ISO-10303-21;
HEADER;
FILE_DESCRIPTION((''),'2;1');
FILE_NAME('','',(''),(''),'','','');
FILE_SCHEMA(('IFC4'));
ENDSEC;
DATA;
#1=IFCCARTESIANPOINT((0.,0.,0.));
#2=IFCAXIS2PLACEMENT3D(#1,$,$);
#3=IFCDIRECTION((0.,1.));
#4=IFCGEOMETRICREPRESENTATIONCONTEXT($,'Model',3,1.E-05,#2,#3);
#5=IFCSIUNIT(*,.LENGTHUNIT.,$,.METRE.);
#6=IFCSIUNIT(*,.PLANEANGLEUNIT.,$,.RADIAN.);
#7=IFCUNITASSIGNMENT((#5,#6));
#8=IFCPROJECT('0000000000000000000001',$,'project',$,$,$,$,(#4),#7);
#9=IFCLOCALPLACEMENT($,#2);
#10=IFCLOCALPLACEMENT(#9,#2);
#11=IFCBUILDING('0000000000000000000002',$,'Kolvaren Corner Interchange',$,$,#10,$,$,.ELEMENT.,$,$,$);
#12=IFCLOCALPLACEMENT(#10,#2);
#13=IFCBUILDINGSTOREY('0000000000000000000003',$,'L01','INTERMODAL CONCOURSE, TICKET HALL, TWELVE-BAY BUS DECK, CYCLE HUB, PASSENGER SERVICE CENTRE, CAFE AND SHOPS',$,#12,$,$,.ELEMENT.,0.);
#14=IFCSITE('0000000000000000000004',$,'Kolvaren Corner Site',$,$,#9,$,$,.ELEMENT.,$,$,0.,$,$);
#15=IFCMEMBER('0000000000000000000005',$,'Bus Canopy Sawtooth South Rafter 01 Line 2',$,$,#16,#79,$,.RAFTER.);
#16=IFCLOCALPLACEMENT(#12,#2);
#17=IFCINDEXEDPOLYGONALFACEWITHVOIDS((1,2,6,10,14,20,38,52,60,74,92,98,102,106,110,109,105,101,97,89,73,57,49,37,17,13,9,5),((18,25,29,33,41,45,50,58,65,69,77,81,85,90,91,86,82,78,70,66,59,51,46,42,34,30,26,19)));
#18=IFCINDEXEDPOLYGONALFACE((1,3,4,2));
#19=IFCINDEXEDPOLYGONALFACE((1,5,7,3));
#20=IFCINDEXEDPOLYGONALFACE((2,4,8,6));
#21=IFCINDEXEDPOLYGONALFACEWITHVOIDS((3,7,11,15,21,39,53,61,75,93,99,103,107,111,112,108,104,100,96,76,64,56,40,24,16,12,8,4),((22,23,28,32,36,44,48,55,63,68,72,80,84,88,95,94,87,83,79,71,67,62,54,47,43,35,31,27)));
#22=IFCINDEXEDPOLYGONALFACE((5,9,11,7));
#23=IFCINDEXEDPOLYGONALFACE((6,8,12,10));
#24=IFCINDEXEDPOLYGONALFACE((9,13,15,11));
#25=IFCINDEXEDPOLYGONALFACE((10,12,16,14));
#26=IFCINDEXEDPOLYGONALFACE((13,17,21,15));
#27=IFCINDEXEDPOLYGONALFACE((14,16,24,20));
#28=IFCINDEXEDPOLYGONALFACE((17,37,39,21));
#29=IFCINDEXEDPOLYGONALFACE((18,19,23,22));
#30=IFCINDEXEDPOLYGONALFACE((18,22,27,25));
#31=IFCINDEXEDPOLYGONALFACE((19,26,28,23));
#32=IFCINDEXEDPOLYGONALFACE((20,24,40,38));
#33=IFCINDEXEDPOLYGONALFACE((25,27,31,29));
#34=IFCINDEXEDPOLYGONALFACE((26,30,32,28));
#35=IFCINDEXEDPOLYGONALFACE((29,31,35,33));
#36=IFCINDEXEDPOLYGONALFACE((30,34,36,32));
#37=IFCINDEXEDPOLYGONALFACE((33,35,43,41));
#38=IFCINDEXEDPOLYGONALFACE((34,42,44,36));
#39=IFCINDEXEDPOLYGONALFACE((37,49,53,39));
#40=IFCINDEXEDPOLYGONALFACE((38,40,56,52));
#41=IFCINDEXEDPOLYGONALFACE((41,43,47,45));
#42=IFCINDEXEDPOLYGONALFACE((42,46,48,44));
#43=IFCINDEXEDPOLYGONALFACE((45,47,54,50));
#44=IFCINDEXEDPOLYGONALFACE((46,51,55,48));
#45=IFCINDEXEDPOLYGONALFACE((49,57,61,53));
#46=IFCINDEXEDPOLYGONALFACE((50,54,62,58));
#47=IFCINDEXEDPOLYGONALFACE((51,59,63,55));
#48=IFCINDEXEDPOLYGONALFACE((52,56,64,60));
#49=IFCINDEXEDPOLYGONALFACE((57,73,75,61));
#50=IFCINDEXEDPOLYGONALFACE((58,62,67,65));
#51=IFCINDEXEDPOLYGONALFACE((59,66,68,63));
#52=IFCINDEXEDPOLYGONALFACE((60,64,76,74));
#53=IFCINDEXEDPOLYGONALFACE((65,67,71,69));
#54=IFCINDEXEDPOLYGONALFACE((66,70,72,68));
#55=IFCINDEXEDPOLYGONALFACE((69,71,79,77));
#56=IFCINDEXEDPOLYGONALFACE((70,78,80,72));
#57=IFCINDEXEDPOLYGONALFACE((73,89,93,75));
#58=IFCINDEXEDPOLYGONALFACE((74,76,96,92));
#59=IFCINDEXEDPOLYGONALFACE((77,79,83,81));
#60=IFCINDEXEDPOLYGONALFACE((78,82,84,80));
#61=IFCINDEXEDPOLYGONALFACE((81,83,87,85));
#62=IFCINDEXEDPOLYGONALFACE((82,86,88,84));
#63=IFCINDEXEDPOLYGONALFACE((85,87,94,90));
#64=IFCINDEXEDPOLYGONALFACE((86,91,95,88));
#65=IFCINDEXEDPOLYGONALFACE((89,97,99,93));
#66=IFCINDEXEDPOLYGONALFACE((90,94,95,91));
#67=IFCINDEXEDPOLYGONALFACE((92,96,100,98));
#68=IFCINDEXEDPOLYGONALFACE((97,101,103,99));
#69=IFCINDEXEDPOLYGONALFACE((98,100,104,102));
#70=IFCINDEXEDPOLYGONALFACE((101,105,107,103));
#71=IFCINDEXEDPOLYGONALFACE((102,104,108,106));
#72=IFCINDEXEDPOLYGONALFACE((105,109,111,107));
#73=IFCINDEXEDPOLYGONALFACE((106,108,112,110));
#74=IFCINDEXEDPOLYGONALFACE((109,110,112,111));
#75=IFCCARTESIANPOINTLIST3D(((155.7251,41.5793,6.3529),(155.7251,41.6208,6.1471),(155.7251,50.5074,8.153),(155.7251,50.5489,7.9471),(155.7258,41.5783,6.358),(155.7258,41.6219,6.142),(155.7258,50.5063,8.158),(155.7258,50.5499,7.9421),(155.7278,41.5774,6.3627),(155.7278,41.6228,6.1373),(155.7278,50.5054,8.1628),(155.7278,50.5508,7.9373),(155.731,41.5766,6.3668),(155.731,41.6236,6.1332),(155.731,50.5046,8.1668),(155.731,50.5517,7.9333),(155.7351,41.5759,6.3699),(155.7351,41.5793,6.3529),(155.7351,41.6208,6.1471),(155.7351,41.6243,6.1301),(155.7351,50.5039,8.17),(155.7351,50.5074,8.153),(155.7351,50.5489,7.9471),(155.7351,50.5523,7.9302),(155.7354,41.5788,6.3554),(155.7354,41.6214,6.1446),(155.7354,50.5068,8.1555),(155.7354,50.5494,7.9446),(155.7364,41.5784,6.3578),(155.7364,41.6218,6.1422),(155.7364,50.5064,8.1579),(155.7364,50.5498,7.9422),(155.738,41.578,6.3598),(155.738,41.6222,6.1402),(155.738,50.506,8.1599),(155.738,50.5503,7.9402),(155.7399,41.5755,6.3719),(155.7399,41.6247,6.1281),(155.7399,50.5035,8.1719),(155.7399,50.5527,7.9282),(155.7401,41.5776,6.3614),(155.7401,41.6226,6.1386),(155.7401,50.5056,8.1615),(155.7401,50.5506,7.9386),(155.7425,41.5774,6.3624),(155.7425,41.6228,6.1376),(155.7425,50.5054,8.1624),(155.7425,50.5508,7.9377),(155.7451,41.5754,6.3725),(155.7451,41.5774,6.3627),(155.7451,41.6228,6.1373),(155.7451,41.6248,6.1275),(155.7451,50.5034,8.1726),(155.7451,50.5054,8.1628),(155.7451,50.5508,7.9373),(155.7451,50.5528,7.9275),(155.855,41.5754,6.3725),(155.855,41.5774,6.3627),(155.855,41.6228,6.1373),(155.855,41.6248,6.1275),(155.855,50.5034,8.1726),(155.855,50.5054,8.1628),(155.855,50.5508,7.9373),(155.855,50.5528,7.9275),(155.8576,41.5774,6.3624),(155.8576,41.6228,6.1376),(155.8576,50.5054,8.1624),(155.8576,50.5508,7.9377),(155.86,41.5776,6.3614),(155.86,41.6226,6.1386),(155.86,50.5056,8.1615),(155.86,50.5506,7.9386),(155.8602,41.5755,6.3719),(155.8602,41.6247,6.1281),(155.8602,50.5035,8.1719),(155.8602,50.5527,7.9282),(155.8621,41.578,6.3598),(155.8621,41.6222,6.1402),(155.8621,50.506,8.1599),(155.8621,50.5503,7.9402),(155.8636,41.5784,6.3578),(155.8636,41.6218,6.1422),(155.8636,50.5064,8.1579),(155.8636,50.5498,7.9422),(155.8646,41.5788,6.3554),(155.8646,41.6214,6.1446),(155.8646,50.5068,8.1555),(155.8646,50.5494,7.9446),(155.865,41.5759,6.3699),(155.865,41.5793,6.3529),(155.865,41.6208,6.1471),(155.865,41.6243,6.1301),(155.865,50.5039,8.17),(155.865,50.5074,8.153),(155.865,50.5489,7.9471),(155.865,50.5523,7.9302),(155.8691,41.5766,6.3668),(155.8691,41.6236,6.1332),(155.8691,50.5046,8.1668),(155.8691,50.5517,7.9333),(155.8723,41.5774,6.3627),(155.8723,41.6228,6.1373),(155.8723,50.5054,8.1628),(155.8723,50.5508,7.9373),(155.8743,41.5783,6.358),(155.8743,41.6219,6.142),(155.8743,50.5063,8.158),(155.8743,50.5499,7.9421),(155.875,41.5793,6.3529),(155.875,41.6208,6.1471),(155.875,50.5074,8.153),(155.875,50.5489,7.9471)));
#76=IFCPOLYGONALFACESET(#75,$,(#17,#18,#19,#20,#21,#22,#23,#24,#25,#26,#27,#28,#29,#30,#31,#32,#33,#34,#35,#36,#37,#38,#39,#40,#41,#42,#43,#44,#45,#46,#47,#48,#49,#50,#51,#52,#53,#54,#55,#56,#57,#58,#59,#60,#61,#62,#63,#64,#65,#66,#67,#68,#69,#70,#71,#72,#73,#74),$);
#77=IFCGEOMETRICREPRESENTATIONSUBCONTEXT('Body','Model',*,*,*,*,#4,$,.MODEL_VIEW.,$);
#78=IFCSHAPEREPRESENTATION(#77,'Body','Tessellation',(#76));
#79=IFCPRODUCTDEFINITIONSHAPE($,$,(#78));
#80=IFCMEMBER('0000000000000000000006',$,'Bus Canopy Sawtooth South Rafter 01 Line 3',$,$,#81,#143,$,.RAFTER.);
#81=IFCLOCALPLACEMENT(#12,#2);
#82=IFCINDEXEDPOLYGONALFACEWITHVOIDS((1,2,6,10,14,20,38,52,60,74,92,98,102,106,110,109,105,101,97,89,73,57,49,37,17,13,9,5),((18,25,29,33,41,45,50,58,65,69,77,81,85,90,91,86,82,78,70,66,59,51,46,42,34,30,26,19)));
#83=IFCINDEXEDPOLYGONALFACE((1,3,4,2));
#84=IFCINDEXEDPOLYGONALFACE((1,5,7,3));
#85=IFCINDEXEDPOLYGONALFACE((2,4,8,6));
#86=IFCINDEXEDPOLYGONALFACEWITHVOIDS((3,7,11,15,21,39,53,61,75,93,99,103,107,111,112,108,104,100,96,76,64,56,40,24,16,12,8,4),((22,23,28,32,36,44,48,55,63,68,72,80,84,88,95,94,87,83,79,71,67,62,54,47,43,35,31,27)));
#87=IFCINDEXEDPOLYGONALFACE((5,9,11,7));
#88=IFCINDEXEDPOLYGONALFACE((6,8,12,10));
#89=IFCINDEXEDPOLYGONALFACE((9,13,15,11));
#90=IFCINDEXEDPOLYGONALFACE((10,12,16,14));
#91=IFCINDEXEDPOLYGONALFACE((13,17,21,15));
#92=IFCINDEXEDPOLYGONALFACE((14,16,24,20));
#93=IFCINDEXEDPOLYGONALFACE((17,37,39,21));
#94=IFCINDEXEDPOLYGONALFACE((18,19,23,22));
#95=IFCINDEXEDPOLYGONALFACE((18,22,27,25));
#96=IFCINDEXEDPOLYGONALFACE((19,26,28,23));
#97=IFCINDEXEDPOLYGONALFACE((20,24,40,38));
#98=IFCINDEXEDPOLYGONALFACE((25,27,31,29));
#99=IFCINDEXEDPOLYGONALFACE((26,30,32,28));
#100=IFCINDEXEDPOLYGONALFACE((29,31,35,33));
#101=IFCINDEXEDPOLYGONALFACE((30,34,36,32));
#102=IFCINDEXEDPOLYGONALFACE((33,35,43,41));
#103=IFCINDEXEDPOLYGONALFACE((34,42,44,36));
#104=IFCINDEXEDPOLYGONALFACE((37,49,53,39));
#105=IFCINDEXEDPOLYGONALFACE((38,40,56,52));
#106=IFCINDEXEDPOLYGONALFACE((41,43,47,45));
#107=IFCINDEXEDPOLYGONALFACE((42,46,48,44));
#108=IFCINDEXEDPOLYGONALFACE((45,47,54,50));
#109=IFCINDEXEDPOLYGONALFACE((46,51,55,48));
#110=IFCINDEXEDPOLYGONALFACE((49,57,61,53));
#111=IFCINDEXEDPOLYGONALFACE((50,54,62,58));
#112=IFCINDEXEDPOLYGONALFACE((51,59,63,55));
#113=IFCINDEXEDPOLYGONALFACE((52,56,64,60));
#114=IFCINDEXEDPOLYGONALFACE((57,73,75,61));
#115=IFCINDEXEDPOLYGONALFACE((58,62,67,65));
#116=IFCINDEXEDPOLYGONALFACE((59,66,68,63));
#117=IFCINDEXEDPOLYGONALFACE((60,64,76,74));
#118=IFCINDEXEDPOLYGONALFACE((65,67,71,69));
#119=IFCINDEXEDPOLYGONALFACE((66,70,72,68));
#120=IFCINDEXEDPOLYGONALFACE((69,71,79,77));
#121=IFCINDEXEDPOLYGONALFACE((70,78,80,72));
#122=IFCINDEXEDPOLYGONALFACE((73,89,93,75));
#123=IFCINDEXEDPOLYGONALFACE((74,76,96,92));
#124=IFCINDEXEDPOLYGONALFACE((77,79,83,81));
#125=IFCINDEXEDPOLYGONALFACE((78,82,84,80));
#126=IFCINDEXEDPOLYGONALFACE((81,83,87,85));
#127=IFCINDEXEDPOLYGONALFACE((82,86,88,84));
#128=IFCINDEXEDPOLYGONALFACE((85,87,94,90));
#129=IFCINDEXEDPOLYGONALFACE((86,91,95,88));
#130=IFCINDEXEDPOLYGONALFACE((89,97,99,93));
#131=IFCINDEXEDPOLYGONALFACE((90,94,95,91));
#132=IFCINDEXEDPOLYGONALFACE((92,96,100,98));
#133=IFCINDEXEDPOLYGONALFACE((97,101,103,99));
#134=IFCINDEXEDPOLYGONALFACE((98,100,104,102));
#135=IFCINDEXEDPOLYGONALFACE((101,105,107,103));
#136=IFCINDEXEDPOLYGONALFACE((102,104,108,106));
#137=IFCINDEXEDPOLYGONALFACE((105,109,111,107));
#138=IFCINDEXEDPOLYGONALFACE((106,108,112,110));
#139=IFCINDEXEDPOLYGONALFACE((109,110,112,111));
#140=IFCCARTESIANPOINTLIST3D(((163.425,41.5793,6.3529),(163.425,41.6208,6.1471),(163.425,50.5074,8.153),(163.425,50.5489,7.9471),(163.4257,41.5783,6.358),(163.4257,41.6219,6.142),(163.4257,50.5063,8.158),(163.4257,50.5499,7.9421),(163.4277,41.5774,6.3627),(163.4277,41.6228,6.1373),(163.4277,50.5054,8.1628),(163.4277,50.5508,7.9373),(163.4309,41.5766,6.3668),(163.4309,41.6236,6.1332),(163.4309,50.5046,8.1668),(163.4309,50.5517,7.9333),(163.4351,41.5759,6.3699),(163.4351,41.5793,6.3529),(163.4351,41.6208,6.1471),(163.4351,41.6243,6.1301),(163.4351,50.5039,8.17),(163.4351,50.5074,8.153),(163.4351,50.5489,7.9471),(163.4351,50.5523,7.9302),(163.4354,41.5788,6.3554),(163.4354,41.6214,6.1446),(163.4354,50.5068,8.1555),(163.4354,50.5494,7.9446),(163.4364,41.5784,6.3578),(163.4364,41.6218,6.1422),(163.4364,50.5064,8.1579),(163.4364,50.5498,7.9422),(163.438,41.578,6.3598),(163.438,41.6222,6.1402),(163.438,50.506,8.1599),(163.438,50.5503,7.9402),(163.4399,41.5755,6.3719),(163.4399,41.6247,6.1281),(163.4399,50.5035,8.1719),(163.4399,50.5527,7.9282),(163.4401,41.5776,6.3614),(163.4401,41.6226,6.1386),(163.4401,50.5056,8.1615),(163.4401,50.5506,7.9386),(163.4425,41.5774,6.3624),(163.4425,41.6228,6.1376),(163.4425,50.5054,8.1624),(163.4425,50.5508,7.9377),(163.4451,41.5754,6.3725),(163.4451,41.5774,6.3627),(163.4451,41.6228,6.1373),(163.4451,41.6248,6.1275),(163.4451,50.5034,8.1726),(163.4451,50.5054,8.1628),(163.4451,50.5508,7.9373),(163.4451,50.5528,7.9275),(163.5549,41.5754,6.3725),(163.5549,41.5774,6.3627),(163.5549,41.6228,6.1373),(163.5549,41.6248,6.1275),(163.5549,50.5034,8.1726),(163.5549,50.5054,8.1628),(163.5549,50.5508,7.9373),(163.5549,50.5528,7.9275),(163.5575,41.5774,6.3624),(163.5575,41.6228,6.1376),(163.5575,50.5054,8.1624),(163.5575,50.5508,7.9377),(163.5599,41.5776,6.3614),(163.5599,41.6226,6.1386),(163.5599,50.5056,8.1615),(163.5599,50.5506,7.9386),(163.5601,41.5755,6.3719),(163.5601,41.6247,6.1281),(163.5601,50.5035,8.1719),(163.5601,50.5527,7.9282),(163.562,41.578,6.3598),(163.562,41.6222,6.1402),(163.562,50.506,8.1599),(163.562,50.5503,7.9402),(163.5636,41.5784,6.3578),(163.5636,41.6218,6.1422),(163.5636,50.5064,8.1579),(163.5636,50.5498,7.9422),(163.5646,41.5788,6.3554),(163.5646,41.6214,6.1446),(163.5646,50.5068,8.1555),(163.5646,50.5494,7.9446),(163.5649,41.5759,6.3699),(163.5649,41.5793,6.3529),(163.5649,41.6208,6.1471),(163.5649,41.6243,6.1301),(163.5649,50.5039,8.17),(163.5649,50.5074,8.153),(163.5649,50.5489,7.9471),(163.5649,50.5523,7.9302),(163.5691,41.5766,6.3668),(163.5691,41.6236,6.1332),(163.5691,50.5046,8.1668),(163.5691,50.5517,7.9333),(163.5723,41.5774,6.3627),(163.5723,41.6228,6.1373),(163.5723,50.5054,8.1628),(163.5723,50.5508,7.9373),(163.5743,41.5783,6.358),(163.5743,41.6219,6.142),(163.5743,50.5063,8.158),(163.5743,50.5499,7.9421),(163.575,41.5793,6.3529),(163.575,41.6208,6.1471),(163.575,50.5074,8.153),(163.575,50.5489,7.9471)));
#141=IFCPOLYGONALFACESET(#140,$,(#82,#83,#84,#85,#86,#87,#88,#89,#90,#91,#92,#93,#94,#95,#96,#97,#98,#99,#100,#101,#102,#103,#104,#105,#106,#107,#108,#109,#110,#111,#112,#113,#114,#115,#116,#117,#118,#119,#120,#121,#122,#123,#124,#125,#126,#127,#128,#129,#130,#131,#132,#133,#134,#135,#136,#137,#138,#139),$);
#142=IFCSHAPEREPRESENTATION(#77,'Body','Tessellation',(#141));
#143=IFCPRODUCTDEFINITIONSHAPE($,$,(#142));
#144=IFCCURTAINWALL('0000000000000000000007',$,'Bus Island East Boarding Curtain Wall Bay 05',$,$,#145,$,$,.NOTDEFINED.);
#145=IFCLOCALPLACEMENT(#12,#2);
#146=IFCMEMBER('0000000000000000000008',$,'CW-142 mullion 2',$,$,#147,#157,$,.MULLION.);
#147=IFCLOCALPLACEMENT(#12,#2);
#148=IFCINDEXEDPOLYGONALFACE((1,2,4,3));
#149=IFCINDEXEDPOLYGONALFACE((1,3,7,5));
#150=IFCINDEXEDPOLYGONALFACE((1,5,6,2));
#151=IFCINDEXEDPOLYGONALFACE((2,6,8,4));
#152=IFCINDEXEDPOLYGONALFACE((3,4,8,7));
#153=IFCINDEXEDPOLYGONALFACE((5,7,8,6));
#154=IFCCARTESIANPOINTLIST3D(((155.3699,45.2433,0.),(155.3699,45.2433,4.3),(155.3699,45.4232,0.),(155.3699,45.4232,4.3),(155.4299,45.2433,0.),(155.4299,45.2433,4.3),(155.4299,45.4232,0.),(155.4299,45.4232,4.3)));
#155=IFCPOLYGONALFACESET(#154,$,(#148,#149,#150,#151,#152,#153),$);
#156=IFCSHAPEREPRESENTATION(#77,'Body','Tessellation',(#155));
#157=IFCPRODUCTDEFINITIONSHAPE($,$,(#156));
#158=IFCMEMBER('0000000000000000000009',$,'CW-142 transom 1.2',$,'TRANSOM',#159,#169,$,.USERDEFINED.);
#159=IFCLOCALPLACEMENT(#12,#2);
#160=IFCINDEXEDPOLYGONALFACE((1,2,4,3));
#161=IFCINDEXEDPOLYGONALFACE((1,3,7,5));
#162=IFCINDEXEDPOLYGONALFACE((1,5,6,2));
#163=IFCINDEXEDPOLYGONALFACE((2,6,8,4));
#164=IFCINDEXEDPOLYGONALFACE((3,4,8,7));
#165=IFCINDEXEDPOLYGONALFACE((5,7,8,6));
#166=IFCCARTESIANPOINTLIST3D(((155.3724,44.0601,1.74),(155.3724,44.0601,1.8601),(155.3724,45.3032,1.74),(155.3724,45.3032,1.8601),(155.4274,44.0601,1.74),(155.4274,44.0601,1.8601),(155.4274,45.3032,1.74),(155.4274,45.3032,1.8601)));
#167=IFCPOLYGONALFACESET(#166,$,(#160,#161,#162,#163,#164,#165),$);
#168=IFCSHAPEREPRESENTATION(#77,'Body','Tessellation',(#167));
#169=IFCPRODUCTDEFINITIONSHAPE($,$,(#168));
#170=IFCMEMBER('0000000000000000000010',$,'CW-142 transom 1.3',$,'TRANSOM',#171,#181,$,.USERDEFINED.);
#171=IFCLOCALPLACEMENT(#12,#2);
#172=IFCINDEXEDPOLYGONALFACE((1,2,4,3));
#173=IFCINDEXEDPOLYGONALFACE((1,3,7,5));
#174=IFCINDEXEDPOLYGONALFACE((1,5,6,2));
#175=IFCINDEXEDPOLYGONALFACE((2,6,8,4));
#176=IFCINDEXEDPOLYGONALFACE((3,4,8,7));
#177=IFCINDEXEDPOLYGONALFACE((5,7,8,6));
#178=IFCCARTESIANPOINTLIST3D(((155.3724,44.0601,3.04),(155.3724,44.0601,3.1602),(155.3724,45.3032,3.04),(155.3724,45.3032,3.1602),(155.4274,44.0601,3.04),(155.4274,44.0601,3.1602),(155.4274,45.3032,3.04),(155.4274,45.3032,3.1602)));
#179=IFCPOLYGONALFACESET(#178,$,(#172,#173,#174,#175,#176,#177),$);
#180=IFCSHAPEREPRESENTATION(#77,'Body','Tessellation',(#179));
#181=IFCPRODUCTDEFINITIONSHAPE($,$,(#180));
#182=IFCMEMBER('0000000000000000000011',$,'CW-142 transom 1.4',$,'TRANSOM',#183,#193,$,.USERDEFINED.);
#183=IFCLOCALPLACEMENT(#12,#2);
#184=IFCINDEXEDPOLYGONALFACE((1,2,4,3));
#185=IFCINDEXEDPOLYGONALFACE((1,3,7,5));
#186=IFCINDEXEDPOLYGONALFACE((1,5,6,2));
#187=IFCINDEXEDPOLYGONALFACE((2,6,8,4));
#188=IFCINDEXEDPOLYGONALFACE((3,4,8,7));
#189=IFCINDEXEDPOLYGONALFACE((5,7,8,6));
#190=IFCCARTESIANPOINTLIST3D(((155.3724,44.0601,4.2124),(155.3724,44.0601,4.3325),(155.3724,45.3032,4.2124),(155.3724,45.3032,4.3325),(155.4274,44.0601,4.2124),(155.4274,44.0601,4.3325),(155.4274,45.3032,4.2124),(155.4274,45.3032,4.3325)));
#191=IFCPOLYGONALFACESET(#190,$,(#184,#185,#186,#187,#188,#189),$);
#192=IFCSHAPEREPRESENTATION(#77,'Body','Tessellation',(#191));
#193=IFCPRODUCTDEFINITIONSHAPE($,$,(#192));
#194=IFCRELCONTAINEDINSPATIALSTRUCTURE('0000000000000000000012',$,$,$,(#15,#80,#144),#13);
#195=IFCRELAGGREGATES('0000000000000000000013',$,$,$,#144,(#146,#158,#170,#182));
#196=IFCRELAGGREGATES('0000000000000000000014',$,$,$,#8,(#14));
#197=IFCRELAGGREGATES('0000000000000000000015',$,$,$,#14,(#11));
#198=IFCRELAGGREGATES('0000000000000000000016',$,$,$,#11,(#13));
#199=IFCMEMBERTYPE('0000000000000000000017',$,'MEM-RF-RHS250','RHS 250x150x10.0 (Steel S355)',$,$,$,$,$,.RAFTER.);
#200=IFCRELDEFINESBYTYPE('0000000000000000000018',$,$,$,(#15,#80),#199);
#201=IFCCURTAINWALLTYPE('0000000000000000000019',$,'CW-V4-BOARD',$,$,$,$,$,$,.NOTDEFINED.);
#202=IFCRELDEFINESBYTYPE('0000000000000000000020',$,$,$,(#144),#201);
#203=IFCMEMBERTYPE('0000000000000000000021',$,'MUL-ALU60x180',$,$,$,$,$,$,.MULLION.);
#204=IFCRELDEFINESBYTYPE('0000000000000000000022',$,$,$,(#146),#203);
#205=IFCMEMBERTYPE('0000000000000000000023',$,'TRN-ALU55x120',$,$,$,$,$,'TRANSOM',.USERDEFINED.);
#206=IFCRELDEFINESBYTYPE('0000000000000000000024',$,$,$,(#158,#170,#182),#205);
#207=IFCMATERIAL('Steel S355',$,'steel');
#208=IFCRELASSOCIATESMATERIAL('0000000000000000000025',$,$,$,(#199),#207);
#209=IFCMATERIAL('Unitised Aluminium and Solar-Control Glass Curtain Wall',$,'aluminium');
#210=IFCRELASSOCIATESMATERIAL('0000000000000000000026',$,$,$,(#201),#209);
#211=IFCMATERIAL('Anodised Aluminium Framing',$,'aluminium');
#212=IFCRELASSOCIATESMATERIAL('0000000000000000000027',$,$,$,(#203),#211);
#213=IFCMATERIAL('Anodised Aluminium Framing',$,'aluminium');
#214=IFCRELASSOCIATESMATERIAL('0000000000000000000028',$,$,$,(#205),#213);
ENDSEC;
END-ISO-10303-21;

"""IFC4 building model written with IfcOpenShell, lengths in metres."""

from ifc_helpers import new_model, si_unit, direction, frame, origin, origin_2d, place, context, subcontext, project, spatial, rectangle, hollow_rectangle, extrude, material, material_profile, profile_set, type_object, element, aggregate, save


model = new_model("IFC4")

# Units and contexts
model_context = context("Model", 3, precision=1e-05, world=origin(), true_north=direction((0.0, 1.0)))
body_context = subcontext(model_context, "Body", "Model", "MODEL_VIEW")
ifc_project = project(units=[si_unit("LENGTHUNIT", "METRE"), si_unit("PLANEANGLEUNIT", "RADIAN")], contexts=[model_context])

# Site, building, storey
site_placement = place(None, origin())
site = spatial("IfcSite", under=ifc_project, at=site_placement, Name="Kolvaren Corner Site", CompositionType="ELEMENT", RefElevation=0.0)
building_placement = place(site_placement, origin())
building = spatial("IfcBuilding", under=site, at=building_placement, Name="Kolvaren Corner Interchange", CompositionType="ELEMENT")
storey_placement = place(building_placement, origin())
storey = spatial("IfcBuildingStorey", under=building, at=storey_placement, Name="L01", Description="INTERMODAL CONCOURSE, TICKET HALL, TWELVE-BAY BUS DECK, CYCLE HUB, PASSENGER SERVICE CENTRE, CAFE AND SHOPS", CompositionType="ELEMENT", Elevation=0.0)

# Members
ifc_material_1 = material(Name="Steel S355", Category="steel")
ifc_material_profile_1 = material_profile(ifc_material_1, hollow_rectangle(XDim=0.1499, YDim=0.25, WallThickness=0.01, InnerFilletRadius=0.01, OuterFilletRadius=0.02, at=origin_2d()), Name="RHS 250x150x10.0")
ifc_profile_set_1 = profile_set([ifc_material_profile_1], Name="Steel S355")
member_type_1 = type_object("IfcMemberType", Name="MEM-RF-RHS250", Description="RHS 250x150x10.0 (Steel S355)", PredefinedType="RAFTER", material=ifc_profile_set_1)
for number, where, z_axis, x_axis, name in (
    (1, (155.8, 41.6001, 6.25), (0.0, 0.980274, 0.197642), (-1.0, 0.0, 0.0), "Bus Canopy Sawtooth South Rafter 01 Line 2"),
    (2, (163.5, 41.6001, 6.25), (0.0, 0.980274, 0.197642), (-1.0, 0.0, 0.0), "Bus Canopy Sawtooth South Rafter 01 Line 3"),
):
    element("IfcMember", number, at=place(storey_placement, frame(where, z_axis=z_axis, x_axis=x_axis)), inside=storey, type_object=member_type_1, Name=name, PredefinedType="RAFTER", context=body_context, shape_type="SweptSolid", body=[
        extrude(hollow_rectangle(XDim=0.1499, YDim=0.25, WallThickness=0.01, InnerFilletRadius=0.01, OuterFilletRadius=0.02, at=origin_2d()), origin(), (0.0, 0.0, 1.0), 9.1077),
    ])

# Curtain wall, members
ifc_material_2 = material(Name="Unitised Aluminium and Solar-Control Glass Curtain Wall", Category="aluminium")
curtain_wall_type = type_object("IfcCurtainWallType", Name="CW-V4-BOARD", PredefinedType="NOTDEFINED", material=ifc_material_2)
curtain_wall_placement = place(storey_placement, origin())
curtain_wall = element("IfcCurtainWall", 3, at=curtain_wall_placement, inside=storey, type_object=curtain_wall_type, Name="Bus Island East Boarding Curtain Wall Bay 05", PredefinedType="NOTDEFINED")
ifc_material_3 = material(Name="Anodised Aluminium Framing", Category="aluminium")
ifc_material_profile_2 = material_profile(ifc_material_3, rectangle(XDim=0.0601, YDim=0.1799, at=origin_2d()), Name="ALU 60x180")
ifc_profile_set_2 = profile_set([ifc_material_profile_2], Name="Anodised Aluminium Framing")
member_type_2 = type_object("IfcMemberType", Name="MUL-ALU60x180", PredefinedType="MULLION", material=ifc_profile_set_2)
member_1_placement = place(storey_placement, frame((155.3999, 45.3333, 0.0), z_axis=(0.0, 0.0, 1.0), x_axis=(-1.0, 0.0, 0.0)))
member_1 = element("IfcMember", 4, at=member_1_placement, type_object=member_type_2, Name="CW-142 mullion 2", PredefinedType="MULLION", context=body_context, shape_type="SweptSolid", body=[
    extrude(rectangle(XDim=0.0601, YDim=0.1799, at=origin_2d()), origin(), (0.0, 0.0, 1.0), 4.3),
])
ifc_material_4 = material(Name="Anodised Aluminium Framing", Category="aluminium")
ifc_material_profile_3 = material_profile(ifc_material_4, rectangle(XDim=0.0549, YDim=0.1201, at=origin_2d()), Name="ALU 55x120")
ifc_profile_set_3 = profile_set([ifc_material_profile_3], Name="Anodised Aluminium Framing")
member_type_3 = type_object("IfcMemberType", Name="TRN-ALU55x120", ElementType="TRANSOM", PredefinedType="USERDEFINED", material=ifc_profile_set_3)
member_2_placement = place(storey_placement, frame((155.3999, 44.0601, 1.8), z_axis=(0.0, 1.0, 0.0), x_axis=(-1.0, 0.0, 0.0)))
member_2 = element("IfcMember", 5, at=member_2_placement, type_object=member_type_3, Name="CW-142 transom 1.2", ObjectType="TRANSOM", PredefinedType="USERDEFINED", context=body_context, shape_type="SweptSolid", body=[
    extrude(rectangle(XDim=0.0549, YDim=0.1201, at=origin_2d()), origin(), (0.0, 0.0, 1.0), 1.2432),
])
member_3_placement = place(storey_placement, frame((155.3999, 44.0601, 3.1001), z_axis=(0.0, 1.0, 0.0), x_axis=(-1.0, 0.0, 0.0)))
member_3 = element("IfcMember", 6, at=member_3_placement, type_object=member_type_3, Name="CW-142 transom 1.3", ObjectType="TRANSOM", PredefinedType="USERDEFINED", context=body_context, shape_type="SweptSolid", body=[
    extrude(rectangle(XDim=0.0549, YDim=0.1201, at=origin_2d()), origin(), (0.0, 0.0, 1.0), 1.2432),
])
member_4_placement = place(storey_placement, frame((155.3999, 44.0601, 4.2725), z_axis=(0.0, 1.0, 0.0), x_axis=(-1.0, 0.0, 0.0)))
member_4 = element("IfcMember", 7, at=member_4_placement, type_object=member_type_3, Name="CW-142 transom 1.4", ObjectType="TRANSOM", PredefinedType="USERDEFINED", context=body_context, shape_type="SweptSolid", body=[
    extrude(rectangle(XDim=0.0549, YDim=0.1201, at=origin_2d()), origin(), (0.0, 0.0, 1.0), 1.2432),
])
aggregate(curtain_wall, [member_1, member_2, member_3, member_4])

save(model, "model.ifc")
